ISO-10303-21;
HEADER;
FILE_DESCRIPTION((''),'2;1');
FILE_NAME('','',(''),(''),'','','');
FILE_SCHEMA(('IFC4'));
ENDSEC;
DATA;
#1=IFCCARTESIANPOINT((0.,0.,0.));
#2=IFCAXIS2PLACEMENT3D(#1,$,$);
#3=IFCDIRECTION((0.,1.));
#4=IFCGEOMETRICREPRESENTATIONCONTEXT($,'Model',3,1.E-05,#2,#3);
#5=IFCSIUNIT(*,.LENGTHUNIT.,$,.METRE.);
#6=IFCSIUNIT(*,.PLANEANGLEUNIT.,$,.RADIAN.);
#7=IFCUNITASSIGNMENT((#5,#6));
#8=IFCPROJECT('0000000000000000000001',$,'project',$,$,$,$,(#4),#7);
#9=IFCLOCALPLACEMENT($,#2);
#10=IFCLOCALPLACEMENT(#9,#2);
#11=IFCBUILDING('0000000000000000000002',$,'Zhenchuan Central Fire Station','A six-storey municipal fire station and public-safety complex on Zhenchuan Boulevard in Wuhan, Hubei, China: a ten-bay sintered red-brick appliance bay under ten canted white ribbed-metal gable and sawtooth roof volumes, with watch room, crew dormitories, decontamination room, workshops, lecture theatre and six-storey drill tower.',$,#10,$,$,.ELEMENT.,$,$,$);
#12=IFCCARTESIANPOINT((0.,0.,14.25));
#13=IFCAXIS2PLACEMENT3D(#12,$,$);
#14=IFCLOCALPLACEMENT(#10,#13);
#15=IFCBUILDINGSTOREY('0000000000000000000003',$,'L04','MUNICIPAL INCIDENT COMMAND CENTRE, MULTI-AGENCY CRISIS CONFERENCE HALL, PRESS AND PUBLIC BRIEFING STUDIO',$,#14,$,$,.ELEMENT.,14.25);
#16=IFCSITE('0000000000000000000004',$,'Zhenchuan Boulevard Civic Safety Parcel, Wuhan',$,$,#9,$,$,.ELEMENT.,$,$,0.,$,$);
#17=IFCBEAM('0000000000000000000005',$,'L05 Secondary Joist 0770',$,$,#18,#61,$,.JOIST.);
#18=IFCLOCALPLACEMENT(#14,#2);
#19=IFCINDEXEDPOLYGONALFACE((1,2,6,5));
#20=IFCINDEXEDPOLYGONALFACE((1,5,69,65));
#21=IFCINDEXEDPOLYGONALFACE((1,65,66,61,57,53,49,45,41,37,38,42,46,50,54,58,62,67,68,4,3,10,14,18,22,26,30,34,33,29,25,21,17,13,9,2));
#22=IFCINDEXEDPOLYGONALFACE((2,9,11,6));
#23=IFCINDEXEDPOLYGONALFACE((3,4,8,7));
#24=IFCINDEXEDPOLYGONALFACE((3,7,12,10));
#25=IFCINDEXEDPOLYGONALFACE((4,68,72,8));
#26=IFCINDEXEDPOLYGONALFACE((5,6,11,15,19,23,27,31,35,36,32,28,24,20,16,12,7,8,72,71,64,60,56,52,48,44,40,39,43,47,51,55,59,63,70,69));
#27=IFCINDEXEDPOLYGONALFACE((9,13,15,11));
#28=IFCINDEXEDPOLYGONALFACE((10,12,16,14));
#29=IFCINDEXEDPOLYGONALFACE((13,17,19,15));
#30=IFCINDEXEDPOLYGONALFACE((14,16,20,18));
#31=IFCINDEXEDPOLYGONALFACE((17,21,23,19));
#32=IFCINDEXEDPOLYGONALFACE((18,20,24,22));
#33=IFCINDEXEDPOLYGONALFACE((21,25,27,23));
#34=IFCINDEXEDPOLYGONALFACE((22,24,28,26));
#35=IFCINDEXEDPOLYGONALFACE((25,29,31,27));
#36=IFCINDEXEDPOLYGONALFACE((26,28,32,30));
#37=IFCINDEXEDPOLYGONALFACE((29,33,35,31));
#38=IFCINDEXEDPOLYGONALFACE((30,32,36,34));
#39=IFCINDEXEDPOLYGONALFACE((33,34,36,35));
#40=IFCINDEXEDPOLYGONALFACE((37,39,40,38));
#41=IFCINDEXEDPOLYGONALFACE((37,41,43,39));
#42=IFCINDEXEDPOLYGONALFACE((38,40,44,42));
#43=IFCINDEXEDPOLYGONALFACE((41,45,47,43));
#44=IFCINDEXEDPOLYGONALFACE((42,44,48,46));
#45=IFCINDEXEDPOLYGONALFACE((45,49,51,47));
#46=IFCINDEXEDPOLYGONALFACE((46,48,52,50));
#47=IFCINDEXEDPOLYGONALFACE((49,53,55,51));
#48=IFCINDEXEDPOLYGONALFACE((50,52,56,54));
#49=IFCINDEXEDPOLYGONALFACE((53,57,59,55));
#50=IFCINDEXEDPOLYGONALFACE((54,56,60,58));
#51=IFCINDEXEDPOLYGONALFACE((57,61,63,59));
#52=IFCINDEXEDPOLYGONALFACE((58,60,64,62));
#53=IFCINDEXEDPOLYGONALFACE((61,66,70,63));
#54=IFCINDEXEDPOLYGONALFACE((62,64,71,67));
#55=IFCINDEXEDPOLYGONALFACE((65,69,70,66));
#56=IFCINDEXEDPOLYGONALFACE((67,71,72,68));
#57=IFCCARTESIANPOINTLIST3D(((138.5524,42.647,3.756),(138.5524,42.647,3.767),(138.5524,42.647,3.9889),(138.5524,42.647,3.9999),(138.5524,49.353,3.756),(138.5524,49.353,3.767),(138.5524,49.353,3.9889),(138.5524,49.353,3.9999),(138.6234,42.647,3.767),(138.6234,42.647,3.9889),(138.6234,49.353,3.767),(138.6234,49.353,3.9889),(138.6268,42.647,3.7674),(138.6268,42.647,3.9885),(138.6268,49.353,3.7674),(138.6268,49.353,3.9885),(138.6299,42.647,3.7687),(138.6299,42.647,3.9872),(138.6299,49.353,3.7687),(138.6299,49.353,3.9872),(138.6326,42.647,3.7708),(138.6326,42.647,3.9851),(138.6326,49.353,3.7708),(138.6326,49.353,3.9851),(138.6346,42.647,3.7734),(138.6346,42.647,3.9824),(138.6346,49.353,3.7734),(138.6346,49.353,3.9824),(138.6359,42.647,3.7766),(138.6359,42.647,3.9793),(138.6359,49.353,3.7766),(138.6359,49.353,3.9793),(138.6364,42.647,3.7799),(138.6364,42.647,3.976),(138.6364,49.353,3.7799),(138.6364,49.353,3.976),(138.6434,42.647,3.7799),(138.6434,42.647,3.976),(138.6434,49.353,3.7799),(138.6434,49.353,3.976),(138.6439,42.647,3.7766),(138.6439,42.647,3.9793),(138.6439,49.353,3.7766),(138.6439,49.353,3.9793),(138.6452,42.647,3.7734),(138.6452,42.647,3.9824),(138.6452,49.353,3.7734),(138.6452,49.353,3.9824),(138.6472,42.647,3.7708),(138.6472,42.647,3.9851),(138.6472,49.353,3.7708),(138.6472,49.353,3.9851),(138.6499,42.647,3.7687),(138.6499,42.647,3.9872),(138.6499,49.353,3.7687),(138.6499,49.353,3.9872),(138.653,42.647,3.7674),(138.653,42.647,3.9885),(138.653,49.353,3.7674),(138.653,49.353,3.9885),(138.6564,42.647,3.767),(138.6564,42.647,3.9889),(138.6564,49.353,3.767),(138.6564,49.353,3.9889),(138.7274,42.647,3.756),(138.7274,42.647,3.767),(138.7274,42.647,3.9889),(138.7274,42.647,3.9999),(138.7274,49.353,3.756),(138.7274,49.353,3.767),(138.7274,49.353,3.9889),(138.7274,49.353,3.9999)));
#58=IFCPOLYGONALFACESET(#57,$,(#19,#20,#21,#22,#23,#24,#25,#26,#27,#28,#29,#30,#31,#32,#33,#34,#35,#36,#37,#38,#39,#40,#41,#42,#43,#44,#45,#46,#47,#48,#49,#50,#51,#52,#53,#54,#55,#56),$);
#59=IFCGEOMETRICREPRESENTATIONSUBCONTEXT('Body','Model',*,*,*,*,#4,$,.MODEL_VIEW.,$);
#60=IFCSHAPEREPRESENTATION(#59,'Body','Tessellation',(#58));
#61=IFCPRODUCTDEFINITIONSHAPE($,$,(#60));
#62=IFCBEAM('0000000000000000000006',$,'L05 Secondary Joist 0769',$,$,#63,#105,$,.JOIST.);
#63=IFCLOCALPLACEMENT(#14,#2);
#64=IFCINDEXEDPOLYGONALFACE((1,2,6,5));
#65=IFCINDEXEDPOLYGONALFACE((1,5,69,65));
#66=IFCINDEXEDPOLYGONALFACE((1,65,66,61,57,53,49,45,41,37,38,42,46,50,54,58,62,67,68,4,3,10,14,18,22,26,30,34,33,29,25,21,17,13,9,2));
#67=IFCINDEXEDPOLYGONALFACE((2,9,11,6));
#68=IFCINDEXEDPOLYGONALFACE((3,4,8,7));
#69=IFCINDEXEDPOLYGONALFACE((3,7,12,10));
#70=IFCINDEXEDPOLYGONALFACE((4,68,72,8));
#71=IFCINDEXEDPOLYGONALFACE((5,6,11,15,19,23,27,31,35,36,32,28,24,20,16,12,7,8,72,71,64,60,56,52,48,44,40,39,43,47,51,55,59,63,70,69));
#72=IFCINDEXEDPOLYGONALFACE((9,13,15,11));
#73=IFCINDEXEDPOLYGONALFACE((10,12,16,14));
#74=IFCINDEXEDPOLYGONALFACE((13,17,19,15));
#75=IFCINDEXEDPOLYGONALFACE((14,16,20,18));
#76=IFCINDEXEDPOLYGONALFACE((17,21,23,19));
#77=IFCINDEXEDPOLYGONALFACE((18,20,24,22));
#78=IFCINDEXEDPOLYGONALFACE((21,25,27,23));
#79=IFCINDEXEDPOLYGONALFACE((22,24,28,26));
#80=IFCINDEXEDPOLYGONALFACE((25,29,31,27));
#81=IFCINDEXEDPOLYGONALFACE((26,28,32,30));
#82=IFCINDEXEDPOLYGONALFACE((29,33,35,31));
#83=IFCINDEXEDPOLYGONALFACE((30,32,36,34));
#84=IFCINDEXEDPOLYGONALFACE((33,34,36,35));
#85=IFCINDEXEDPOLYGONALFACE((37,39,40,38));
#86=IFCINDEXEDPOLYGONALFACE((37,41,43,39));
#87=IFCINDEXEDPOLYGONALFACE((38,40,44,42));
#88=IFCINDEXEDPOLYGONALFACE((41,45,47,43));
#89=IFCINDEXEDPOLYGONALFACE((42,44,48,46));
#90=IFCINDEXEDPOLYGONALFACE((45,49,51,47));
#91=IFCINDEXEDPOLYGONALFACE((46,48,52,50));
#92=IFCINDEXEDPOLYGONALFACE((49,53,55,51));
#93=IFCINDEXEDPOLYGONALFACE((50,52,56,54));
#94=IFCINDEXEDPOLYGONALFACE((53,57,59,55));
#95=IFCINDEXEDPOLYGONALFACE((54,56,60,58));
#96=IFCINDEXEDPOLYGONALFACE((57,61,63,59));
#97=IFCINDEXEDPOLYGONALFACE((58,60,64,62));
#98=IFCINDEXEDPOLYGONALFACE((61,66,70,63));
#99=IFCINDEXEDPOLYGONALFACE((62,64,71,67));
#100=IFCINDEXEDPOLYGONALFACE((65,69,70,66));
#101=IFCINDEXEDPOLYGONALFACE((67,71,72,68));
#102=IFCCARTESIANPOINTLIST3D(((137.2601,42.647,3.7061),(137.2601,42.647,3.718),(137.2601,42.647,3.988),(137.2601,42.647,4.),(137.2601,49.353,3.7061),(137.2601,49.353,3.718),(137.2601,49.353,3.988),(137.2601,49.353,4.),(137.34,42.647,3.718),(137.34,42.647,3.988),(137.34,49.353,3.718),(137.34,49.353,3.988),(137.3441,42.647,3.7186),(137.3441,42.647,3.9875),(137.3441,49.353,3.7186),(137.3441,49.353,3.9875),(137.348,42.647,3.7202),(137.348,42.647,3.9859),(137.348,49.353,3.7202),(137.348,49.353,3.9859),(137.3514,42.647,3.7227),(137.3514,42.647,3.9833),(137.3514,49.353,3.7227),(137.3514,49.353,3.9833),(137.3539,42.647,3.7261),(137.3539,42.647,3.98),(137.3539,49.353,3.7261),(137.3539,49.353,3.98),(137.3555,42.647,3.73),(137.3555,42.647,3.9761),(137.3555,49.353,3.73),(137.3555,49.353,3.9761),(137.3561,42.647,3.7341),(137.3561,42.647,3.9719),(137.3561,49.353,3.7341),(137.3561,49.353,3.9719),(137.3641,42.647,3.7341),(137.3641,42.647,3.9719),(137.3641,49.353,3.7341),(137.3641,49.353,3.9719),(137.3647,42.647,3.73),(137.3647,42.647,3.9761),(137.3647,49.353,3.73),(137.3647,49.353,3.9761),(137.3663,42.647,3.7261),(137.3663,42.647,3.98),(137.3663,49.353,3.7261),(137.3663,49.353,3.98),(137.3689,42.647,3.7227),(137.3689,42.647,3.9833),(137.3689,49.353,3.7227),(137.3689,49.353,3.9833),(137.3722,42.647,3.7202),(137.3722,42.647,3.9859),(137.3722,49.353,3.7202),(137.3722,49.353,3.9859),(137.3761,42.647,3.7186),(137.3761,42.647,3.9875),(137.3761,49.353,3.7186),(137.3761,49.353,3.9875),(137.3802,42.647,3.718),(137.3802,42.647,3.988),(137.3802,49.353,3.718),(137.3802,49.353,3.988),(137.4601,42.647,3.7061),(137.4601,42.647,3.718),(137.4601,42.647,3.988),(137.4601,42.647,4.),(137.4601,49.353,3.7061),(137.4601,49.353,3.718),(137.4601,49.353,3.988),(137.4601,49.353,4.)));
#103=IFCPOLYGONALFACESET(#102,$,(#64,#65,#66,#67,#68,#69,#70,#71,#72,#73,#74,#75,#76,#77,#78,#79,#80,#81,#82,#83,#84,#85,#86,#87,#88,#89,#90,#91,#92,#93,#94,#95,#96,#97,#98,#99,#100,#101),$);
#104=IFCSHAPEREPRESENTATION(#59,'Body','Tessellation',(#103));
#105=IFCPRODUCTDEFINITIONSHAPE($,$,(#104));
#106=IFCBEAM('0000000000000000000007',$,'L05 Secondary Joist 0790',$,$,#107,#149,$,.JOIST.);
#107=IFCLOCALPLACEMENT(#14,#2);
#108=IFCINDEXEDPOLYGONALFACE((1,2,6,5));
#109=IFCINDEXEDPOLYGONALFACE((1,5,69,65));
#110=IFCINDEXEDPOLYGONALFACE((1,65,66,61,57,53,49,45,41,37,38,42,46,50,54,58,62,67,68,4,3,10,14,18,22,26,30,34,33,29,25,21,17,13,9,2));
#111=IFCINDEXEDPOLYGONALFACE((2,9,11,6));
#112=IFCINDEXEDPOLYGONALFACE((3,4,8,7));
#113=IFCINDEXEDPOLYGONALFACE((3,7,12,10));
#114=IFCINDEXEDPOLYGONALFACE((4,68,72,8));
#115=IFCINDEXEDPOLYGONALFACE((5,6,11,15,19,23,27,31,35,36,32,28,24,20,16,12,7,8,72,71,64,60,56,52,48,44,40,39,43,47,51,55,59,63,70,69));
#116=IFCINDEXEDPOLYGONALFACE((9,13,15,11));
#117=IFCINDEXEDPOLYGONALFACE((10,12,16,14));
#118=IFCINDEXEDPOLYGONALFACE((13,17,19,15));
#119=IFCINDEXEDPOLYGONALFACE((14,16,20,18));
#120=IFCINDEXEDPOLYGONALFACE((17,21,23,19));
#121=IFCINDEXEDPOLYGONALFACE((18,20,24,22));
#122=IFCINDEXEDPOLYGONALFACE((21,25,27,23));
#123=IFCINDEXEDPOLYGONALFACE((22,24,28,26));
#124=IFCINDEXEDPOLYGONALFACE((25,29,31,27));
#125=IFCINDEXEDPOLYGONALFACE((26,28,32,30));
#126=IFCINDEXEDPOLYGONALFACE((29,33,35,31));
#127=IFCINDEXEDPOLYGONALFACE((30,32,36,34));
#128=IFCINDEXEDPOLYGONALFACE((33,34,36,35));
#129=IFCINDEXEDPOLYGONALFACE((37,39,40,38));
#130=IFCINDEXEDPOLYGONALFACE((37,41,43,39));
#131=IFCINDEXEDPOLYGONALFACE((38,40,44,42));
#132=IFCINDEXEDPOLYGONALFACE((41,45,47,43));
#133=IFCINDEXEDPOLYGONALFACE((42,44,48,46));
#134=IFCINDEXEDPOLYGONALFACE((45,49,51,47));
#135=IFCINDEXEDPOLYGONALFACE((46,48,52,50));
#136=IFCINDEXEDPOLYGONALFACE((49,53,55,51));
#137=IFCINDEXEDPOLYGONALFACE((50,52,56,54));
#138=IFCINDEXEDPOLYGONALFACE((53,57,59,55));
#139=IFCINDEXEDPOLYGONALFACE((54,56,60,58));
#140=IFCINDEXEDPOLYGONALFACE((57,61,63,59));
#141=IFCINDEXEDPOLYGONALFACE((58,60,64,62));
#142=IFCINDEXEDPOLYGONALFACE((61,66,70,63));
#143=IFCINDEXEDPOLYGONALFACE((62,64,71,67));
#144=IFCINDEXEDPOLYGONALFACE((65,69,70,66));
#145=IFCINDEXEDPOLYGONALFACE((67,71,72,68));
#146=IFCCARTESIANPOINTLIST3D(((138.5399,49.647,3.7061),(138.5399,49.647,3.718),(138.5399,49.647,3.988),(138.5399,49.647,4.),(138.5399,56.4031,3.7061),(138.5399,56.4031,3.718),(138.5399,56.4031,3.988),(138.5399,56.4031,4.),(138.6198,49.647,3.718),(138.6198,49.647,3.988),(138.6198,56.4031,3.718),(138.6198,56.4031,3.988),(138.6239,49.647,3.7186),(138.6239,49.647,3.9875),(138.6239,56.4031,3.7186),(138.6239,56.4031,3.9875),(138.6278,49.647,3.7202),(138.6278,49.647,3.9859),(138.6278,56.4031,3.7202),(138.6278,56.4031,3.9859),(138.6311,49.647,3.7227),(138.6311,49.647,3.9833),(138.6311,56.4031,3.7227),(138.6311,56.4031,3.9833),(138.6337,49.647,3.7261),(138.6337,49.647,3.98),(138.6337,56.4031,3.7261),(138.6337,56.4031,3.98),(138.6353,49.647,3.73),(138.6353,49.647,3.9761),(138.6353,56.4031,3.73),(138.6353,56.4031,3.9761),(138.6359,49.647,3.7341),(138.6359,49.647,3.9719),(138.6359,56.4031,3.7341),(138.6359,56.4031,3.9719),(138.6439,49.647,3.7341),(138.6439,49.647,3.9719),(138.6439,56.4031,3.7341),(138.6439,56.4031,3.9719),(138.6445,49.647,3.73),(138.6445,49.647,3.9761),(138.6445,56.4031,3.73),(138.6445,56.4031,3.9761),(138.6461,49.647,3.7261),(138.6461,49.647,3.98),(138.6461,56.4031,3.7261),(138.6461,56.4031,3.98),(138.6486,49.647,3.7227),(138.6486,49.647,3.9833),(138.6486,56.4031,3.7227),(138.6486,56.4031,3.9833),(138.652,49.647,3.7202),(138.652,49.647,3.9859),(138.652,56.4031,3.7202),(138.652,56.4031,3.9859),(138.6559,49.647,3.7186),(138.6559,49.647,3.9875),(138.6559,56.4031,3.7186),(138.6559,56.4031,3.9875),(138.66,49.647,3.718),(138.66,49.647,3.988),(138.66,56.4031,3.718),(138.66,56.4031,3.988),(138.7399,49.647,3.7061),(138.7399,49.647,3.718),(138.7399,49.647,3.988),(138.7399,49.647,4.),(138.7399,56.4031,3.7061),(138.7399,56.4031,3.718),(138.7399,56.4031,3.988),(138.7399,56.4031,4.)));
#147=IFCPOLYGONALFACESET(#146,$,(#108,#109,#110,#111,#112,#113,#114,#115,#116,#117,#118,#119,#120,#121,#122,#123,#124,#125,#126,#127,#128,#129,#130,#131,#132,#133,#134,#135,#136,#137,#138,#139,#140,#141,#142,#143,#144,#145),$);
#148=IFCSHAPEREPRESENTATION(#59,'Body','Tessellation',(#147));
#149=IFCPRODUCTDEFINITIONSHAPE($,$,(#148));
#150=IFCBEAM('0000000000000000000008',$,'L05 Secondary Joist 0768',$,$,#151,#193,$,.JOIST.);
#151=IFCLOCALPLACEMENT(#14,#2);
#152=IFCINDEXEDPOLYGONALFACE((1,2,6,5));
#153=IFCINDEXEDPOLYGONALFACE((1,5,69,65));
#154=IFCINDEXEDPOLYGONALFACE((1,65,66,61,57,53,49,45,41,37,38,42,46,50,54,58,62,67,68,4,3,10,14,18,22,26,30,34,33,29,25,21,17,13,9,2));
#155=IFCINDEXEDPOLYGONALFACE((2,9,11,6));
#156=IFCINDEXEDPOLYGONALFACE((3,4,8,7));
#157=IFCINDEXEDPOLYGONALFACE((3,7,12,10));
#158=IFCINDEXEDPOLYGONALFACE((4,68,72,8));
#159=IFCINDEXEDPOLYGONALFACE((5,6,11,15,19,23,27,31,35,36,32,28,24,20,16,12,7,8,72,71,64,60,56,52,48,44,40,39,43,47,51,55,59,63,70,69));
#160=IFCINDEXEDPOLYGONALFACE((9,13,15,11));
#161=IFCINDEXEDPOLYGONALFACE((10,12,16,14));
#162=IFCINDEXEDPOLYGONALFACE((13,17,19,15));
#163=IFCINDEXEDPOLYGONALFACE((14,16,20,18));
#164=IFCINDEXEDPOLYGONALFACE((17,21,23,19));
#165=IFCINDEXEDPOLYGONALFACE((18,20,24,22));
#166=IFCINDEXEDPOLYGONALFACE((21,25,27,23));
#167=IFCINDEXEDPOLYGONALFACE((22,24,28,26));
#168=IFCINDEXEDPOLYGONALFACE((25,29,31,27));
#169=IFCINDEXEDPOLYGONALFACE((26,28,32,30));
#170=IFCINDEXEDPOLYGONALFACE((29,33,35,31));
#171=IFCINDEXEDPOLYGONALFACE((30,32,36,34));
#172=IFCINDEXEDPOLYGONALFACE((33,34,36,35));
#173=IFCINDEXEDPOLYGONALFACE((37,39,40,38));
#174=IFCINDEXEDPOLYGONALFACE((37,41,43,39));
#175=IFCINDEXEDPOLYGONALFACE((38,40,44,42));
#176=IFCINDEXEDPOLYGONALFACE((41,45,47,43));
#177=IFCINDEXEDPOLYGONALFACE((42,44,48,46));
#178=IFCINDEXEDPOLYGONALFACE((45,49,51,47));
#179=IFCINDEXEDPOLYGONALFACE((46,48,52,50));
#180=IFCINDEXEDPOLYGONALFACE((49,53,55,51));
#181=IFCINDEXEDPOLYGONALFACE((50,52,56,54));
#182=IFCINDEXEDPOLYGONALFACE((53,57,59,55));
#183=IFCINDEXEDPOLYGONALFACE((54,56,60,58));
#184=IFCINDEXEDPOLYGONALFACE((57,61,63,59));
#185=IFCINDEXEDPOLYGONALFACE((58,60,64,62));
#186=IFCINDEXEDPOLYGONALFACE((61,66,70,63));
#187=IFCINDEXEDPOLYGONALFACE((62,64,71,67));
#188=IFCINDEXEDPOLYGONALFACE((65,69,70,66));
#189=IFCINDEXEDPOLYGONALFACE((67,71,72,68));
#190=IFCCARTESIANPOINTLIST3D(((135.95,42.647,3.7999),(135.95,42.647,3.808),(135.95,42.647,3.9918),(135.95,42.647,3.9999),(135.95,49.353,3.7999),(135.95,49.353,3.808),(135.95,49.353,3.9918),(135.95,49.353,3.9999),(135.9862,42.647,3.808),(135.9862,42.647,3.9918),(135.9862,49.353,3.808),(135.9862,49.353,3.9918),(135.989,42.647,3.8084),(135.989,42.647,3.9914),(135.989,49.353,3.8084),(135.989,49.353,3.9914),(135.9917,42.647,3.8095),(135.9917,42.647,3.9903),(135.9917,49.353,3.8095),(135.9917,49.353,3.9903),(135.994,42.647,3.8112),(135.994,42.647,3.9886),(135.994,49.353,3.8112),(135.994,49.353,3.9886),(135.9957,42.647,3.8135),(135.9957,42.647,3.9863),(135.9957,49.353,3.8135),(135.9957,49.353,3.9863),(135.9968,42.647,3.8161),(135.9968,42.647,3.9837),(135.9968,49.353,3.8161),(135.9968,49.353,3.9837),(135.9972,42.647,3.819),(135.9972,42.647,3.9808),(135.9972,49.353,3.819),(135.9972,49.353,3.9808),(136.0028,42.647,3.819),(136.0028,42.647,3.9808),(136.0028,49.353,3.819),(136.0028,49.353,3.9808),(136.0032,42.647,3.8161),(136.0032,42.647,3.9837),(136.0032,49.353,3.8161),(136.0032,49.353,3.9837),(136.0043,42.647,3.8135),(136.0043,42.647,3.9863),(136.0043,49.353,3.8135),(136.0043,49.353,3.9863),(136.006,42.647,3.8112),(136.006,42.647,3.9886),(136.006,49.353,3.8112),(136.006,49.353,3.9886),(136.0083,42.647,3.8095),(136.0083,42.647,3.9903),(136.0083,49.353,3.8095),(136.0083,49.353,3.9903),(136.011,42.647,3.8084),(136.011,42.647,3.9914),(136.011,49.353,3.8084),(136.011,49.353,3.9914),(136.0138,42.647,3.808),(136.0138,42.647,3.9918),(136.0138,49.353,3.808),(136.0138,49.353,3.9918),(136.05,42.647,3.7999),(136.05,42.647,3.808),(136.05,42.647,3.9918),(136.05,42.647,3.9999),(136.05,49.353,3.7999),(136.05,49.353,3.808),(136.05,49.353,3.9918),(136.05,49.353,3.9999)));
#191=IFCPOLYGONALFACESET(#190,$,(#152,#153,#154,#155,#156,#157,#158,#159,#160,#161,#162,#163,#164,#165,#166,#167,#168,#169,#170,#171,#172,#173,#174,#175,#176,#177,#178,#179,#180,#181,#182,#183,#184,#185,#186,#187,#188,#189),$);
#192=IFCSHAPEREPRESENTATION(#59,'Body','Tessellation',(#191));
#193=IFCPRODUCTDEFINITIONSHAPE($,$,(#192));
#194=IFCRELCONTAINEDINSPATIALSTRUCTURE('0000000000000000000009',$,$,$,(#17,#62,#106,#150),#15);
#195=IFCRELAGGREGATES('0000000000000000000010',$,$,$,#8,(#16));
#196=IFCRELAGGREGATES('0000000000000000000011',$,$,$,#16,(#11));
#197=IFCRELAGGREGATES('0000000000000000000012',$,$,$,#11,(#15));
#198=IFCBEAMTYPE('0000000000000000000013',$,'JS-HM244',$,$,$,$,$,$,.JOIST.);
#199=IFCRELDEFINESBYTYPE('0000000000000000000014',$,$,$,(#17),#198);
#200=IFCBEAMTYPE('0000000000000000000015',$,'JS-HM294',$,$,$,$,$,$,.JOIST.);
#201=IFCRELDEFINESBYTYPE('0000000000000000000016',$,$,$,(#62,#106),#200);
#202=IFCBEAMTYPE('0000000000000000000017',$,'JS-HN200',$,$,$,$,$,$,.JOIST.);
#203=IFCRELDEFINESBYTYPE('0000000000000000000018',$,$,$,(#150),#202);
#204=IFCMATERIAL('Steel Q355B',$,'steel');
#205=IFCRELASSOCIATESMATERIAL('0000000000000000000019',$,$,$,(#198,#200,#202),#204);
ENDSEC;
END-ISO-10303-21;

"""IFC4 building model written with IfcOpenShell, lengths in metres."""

from ifc_helpers import new_model, si_unit, direction, frame, origin, origin_2d, place, context, subcontext, project, spatial, i_section, extrude, material, material_profile, profile_set, type_object, element, save


model = new_model("IFC4")

# Units and contexts
model_context = context("Model", 3, precision=1e-05, world=origin(), true_north=direction((0.0, 1.0)))
body_context = subcontext(model_context, "Body", "Model", "MODEL_VIEW")
ifc_project = project(units=[si_unit("LENGTHUNIT", "METRE"), si_unit("PLANEANGLEUNIT", "RADIAN")], contexts=[model_context])

# Site, building, storey
site_placement = place(None, origin())
site = spatial("IfcSite", under=ifc_project, at=site_placement, Name="Zhenchuan Boulevard Civic Safety Parcel, Wuhan", CompositionType="ELEMENT", RefElevation=0.0)
building_placement = place(site_placement, origin())
building = spatial("IfcBuilding", under=site, at=building_placement, Name="Zhenchuan Central Fire Station", Description="A six-storey municipal fire station and public-safety complex on Zhenchuan Boulevard in Wuhan, Hubei, China: a ten-bay sintered red-brick appliance bay under ten canted white ribbed-metal gable and sawtooth roof volumes, with watch room, crew dormitories, decontamination room, workshops, lecture theatre and six-storey drill tower.", CompositionType="ELEMENT")
storey_placement = place(building_placement, frame((0.0, 0.0, 14.25)))
storey = spatial("IfcBuildingStorey", under=building, at=storey_placement, Name="L04", Description="MUNICIPAL INCIDENT COMMAND CENTRE, MULTI-AGENCY CRISIS CONFERENCE HALL, PRESS AND PUBLIC BRIEFING STUDIO", CompositionType="ELEMENT", Elevation=14.25)

# Shared definitions
ifc_material_1 = material(Name="Steel Q355B", Category="steel")

# Beams
ifc_material_profile_1 = material_profile(ifc_material_1, i_section(OverallWidth=0.175, OverallDepth=0.2439, WebThickness=0.0071, FlangeThickness=0.011, FilletRadius=0.0129, at=origin_2d()), Name="HM 244x175")
ifc_profile_set_1 = profile_set([ifc_material_profile_1], Name="Steel Q355B")
beam_type_1 = type_object("IfcBeamType", Name="JS-HM244", PredefinedType="JOIST", material=ifc_profile_set_1)
beam_1_placement = place(storey_placement, frame((138.6399, 42.647, 3.8779), z_axis=(0.0, 1.0, 0.0), x_axis=(-1.0, 0.0, 0.0)))
element("IfcBeam", 1, at=beam_1_placement, inside=storey, type_object=beam_type_1, Name="L05 Secondary Joist 0770", PredefinedType="JOIST", context=body_context, shape_type="SweptSolid", body=[
    extrude(i_section(OverallWidth=0.175, OverallDepth=0.2439, WebThickness=0.0071, FlangeThickness=0.011, FilletRadius=0.0129, at=origin_2d()), origin(), (0.0, 0.0, 1.0), 6.7061),
])
ifc_material_profile_2 = material_profile(ifc_material_1, i_section(OverallWidth=0.2, OverallDepth=0.2939, WebThickness=0.0081, FlangeThickness=0.012, FilletRadius=0.0161, at=origin_2d()), Name="HM 294x200")
ifc_profile_set_2 = profile_set([ifc_material_profile_2], Name="Steel Q355B")
beam_type_2 = type_object("IfcBeamType", Name="JS-HM294", PredefinedType="JOIST", material=ifc_profile_set_2)
beam_2_placement = place(storey_placement, frame((137.3601, 42.647, 3.853), z_axis=(0.0, 1.0, 0.0), x_axis=(-1.0, 0.0, 0.0)))
element("IfcBeam", 2, at=beam_2_placement, inside=storey, type_object=beam_type_2, Name="L05 Secondary Joist 0769", PredefinedType="JOIST", context=body_context, shape_type="SweptSolid", body=[
    extrude(i_section(OverallWidth=0.2, OverallDepth=0.2939, WebThickness=0.0081, FlangeThickness=0.012, FilletRadius=0.0161, at=origin_2d()), origin(), (0.0, 0.0, 1.0), 6.7061),
])
beam_3_placement = place(storey_placement, frame((138.6399, 49.647, 3.853), z_axis=(0.0, 1.0, 0.0), x_axis=(-1.0, 0.0, 0.0)))
element("IfcBeam", 3, at=beam_3_placement, inside=storey, type_object=beam_type_2, Name="L05 Secondary Joist 0790", PredefinedType="JOIST", context=body_context, shape_type="SweptSolid", body=[
    extrude(i_section(OverallWidth=0.2, OverallDepth=0.2939, WebThickness=0.0081, FlangeThickness=0.012, FilletRadius=0.0161, at=origin_2d()), origin(), (0.0, 0.0, 1.0), 6.7561),
])
ifc_material_profile_3 = material_profile(ifc_material_1, i_section(OverallWidth=0.1001, OverallDepth=0.2, WebThickness=0.0056, FlangeThickness=0.0081, FilletRadius=0.011, at=origin_2d()), Name="HN 200x100")
ifc_profile_set_3 = profile_set([ifc_material_profile_3], Name="Steel Q355B")
beam_type_3 = type_object("IfcBeamType", Name="JS-HN200", PredefinedType="JOIST", material=ifc_profile_set_3)
beam_4_placement = place(storey_placement, frame((136.0, 42.647, 3.8999), z_axis=(0.0, 1.0, 0.0), x_axis=(-1.0, 0.0, 0.0)))
element("IfcBeam", 4, at=beam_4_placement, inside=storey, type_object=beam_type_3, Name="L05 Secondary Joist 0768", PredefinedType="JOIST", context=body_context, shape_type="SweptSolid", body=[
    extrude(i_section(OverallWidth=0.1001, OverallDepth=0.2, WebThickness=0.0056, FlangeThickness=0.0081, FilletRadius=0.011, at=origin_2d()), origin(), (0.0, 0.0, 1.0), 6.7061),
])

save(model, "model.ifc")
